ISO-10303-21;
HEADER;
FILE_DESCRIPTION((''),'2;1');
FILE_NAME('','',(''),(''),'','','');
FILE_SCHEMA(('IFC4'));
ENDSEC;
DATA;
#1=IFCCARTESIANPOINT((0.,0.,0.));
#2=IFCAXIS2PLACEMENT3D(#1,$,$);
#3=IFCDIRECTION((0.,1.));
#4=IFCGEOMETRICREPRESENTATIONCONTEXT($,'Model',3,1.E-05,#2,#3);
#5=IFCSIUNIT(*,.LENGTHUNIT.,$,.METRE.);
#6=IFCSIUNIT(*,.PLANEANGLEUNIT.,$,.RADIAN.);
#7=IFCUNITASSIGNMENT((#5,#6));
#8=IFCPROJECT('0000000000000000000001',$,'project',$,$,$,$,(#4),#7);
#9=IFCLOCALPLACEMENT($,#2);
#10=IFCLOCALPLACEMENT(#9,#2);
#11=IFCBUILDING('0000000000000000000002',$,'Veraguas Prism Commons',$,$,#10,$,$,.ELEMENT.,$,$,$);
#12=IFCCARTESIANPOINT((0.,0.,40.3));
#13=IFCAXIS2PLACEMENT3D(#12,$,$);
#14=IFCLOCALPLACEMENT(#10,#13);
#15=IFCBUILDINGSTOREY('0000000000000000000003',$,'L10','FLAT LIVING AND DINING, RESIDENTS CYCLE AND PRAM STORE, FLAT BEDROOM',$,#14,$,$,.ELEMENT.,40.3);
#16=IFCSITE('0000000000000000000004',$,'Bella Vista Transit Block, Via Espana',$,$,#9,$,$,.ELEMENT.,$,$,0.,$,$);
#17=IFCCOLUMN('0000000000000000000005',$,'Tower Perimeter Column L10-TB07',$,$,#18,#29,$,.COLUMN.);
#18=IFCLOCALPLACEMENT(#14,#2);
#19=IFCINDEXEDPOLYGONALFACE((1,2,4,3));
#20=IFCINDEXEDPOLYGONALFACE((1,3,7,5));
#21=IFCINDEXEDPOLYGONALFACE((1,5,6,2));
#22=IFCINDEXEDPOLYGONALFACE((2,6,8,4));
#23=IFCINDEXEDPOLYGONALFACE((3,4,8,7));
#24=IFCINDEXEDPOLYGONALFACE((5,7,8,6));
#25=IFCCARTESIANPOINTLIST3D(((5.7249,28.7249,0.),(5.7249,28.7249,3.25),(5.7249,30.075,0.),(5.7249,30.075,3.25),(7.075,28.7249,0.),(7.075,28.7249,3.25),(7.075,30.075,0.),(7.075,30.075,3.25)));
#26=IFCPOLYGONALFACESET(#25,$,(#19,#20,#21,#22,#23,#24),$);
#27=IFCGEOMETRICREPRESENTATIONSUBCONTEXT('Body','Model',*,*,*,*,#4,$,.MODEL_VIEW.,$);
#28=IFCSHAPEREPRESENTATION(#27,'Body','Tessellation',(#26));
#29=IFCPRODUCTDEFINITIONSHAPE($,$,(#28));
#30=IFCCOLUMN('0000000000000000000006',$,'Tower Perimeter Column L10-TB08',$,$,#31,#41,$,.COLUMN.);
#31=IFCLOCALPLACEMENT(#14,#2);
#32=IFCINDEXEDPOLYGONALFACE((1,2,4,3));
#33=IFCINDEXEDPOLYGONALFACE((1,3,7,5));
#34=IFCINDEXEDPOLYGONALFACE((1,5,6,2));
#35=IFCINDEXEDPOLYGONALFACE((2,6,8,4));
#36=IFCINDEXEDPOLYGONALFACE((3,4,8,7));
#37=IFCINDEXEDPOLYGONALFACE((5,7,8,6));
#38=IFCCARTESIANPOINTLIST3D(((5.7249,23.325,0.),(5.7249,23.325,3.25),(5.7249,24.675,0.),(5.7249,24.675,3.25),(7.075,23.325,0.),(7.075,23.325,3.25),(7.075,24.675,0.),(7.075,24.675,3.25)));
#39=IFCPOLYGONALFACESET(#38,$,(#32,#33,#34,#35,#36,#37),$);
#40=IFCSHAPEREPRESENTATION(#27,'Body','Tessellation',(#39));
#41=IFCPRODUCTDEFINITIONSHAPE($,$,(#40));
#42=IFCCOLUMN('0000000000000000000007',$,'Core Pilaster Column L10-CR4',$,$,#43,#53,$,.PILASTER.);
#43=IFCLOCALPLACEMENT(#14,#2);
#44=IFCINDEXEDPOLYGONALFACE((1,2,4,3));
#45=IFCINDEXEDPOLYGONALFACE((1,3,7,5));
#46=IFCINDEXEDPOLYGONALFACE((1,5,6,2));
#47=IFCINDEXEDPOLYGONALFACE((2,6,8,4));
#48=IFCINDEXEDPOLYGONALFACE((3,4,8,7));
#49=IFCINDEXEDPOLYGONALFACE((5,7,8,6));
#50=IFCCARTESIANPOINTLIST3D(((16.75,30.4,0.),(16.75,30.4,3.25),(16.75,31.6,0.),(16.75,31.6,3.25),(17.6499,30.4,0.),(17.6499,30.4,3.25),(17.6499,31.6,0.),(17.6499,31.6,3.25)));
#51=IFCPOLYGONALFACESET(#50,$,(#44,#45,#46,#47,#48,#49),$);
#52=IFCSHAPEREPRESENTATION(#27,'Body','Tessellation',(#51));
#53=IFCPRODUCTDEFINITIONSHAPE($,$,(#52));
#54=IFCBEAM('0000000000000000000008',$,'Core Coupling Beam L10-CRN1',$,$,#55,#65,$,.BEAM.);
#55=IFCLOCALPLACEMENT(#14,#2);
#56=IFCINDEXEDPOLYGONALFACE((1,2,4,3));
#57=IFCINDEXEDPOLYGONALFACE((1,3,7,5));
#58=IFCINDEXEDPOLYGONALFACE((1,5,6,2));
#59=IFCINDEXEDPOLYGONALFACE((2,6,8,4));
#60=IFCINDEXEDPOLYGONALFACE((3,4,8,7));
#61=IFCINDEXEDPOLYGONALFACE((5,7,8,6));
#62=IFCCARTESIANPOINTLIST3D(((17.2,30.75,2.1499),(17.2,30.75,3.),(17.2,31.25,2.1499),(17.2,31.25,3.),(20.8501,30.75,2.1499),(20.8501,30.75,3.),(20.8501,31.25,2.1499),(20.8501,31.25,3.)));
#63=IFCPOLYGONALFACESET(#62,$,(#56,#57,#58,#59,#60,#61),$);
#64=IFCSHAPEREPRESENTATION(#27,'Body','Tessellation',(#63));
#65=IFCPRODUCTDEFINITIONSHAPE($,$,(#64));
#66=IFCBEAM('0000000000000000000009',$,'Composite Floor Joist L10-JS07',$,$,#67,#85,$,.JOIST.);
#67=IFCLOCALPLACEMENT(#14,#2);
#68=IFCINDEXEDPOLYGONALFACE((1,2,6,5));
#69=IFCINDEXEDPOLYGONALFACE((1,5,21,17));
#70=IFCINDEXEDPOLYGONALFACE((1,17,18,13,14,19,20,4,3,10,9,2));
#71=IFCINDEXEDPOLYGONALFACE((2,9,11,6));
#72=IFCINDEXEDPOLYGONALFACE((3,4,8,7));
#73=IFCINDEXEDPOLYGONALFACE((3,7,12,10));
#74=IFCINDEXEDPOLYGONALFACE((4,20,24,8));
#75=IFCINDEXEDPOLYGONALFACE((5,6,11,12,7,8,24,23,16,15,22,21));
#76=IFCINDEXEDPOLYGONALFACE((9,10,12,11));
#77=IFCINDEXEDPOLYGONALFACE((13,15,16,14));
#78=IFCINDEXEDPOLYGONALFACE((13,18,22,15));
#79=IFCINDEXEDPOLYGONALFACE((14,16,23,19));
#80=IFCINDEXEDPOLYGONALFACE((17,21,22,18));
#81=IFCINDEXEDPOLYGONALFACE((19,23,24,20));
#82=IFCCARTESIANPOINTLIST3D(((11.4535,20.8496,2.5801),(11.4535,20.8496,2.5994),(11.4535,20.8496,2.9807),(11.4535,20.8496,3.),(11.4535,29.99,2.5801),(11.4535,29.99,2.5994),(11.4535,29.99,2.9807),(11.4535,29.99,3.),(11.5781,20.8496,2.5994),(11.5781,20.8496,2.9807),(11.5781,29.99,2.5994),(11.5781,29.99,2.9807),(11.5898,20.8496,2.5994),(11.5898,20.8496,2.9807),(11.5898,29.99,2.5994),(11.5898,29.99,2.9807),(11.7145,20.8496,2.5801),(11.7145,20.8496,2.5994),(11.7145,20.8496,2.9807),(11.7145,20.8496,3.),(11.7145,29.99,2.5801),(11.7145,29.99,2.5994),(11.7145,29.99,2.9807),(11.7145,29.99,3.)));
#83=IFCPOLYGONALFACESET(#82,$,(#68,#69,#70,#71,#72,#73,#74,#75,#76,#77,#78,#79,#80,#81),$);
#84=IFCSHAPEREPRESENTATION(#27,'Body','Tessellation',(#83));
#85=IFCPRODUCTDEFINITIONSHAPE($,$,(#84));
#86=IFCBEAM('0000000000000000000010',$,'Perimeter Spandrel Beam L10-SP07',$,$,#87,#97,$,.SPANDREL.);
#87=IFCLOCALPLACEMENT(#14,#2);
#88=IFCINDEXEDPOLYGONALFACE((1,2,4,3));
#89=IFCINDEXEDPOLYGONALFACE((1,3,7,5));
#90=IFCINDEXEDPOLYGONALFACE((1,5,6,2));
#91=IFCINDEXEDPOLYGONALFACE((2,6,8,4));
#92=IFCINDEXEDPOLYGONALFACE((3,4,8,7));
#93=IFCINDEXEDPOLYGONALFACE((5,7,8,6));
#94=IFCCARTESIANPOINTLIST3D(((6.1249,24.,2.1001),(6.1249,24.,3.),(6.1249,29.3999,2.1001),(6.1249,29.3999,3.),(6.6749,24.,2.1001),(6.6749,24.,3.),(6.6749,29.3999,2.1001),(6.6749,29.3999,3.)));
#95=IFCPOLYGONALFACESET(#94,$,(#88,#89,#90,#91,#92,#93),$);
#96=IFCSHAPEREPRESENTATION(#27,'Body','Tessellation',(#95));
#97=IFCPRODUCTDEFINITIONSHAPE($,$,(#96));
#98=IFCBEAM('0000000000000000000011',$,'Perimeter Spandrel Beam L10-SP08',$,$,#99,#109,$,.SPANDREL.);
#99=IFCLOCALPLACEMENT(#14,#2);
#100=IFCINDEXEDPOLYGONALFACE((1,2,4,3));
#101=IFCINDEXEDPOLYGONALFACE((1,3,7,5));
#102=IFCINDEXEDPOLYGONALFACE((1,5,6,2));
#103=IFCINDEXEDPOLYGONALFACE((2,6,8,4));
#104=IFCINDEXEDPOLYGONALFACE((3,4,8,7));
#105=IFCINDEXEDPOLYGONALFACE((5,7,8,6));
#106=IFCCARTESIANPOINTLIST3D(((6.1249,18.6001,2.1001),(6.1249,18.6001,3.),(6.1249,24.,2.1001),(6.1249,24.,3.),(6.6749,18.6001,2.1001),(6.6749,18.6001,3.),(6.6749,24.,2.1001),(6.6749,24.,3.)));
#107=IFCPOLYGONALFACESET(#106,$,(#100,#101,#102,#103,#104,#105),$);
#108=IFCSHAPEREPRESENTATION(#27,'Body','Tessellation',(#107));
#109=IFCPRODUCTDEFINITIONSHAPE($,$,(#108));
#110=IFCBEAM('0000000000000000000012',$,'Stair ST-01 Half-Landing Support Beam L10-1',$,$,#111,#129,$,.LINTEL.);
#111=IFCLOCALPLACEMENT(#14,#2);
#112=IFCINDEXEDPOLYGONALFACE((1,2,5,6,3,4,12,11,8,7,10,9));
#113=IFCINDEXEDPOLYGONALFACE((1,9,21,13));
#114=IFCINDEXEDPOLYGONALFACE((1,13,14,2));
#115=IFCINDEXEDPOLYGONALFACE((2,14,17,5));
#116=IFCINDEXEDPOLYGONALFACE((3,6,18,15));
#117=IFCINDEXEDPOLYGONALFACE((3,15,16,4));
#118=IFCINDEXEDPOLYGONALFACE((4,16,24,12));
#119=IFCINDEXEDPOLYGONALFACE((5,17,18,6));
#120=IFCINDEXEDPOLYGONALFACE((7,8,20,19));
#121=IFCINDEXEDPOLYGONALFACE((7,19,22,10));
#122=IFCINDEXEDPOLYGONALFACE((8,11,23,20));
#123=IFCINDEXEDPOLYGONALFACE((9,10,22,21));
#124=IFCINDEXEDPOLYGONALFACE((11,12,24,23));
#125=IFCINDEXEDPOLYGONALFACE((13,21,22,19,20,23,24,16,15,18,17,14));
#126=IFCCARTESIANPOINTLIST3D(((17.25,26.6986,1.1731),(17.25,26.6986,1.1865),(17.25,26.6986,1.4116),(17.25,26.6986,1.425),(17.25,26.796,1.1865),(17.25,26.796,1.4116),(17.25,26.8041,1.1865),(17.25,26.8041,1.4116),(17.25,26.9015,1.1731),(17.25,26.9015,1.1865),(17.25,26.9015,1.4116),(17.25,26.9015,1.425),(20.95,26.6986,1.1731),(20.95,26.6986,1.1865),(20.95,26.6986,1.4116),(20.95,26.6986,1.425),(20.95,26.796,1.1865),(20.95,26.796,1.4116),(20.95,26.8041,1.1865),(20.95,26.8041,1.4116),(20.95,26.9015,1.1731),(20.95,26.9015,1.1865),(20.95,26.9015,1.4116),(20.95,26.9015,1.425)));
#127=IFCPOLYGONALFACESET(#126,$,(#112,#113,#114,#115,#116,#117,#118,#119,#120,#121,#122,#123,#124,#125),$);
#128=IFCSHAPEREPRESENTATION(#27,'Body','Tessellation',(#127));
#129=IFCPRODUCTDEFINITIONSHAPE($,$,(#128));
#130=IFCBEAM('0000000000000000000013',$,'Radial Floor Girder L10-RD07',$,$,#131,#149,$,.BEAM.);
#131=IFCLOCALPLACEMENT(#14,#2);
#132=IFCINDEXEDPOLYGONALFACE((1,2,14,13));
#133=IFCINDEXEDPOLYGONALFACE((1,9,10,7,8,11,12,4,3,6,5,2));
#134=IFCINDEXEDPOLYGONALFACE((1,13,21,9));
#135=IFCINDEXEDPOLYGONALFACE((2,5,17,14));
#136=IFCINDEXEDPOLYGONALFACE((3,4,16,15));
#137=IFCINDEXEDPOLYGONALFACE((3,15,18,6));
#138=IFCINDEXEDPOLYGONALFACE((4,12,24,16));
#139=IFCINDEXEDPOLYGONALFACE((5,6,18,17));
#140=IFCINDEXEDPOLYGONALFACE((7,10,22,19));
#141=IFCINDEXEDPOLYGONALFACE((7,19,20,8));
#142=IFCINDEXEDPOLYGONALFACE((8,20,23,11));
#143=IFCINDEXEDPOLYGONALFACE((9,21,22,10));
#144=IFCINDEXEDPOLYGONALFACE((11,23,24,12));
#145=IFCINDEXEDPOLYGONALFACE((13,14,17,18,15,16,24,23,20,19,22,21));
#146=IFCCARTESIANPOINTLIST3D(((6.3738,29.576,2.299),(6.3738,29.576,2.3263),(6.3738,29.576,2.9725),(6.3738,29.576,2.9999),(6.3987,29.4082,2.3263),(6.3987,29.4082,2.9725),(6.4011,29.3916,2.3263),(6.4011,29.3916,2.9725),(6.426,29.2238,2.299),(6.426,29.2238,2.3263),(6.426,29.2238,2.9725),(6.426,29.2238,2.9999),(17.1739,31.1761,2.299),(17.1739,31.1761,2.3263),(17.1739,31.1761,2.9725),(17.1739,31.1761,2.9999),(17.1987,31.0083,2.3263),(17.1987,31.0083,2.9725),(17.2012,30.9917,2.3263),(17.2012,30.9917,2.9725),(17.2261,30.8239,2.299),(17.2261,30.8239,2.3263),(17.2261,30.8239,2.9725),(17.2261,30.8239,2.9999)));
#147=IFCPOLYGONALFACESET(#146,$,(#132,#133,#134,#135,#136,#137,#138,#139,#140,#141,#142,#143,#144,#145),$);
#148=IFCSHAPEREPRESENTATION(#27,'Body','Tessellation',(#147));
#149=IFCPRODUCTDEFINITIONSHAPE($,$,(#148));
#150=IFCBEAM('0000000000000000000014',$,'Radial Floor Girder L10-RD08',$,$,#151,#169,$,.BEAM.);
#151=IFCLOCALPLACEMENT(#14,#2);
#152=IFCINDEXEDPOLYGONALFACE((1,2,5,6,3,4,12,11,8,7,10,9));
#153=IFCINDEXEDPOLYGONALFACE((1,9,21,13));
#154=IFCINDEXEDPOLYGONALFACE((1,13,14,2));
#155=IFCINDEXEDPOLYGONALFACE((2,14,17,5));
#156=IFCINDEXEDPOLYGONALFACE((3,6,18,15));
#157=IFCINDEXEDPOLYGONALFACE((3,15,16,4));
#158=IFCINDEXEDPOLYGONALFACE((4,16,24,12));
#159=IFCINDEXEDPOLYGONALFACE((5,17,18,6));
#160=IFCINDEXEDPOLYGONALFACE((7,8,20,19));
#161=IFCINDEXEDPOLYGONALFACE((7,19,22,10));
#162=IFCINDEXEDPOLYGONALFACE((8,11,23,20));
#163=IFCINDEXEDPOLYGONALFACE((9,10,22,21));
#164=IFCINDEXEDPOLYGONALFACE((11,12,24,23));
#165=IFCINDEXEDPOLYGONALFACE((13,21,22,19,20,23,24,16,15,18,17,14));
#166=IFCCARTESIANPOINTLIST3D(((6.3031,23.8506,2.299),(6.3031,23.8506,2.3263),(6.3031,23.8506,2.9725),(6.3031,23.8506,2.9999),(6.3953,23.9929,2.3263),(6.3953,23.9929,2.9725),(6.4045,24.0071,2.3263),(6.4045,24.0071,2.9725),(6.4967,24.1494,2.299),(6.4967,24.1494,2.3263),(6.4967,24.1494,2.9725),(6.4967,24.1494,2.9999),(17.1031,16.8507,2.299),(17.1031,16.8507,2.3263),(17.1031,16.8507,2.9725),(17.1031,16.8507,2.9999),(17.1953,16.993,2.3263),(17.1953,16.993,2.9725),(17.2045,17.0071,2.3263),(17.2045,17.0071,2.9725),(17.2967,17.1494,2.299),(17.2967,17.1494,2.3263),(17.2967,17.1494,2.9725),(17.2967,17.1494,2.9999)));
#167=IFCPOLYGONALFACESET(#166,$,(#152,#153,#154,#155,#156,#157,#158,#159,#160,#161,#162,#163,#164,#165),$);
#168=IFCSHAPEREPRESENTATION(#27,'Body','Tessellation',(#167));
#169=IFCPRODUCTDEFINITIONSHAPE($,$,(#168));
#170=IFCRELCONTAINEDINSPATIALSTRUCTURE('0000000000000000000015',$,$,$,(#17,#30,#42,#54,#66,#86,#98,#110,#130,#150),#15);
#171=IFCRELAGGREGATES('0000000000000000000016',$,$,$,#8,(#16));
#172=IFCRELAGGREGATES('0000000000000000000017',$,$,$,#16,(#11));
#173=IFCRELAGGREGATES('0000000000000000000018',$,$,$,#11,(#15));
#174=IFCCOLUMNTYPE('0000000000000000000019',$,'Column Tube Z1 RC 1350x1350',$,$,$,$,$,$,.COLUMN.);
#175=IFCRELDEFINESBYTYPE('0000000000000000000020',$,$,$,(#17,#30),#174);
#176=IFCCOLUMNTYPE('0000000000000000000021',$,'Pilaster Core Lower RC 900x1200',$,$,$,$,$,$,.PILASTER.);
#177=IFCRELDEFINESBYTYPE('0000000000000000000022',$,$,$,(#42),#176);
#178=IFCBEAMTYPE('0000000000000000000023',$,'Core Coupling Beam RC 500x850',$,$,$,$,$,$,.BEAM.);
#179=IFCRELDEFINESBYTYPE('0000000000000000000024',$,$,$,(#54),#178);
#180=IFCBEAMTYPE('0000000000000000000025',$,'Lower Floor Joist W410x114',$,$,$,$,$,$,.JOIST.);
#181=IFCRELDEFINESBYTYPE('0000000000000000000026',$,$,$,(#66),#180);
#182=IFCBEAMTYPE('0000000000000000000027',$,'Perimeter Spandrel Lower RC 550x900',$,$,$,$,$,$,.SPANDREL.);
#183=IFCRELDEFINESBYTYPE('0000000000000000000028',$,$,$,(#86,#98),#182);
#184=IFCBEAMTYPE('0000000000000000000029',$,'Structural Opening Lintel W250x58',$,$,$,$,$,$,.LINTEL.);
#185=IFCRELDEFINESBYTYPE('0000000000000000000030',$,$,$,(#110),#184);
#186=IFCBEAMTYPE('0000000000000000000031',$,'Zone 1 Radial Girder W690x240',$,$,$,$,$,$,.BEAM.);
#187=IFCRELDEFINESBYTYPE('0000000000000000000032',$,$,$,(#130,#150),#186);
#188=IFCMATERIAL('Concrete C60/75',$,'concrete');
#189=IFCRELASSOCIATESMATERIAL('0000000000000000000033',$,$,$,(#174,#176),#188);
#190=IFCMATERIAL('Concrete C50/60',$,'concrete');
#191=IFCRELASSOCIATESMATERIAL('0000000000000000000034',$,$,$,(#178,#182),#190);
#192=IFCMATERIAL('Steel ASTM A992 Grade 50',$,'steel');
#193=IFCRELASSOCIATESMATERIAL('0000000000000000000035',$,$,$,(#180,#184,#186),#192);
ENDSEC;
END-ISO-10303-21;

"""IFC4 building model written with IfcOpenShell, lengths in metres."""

from ifc_helpers import new_model, si_unit, direction, frame, origin, origin_2d, place, context, subcontext, project, spatial, rectangle, i_section, extrude, material, material_profile, profile_set, type_object, element, save


model = new_model("IFC4")

# Units and contexts
model_context = context("Model", 3, precision=1e-05, world=origin(), true_north=direction((0.0, 1.0)))
body_context = subcontext(model_context, "Body", "Model", "MODEL_VIEW")
ifc_project = project(units=[si_unit("LENGTHUNIT", "METRE"), si_unit("PLANEANGLEUNIT", "RADIAN")], contexts=[model_context])

# Site, building, storey
site_placement = place(None, origin())
site = spatial("IfcSite", under=ifc_project, at=site_placement, Name="Bella Vista Transit Block, Via Espana", CompositionType="ELEMENT", RefElevation=0.0)
building_placement = place(site_placement, origin())
building = spatial("IfcBuilding", under=site, at=building_placement, Name="Veraguas Prism Commons", CompositionType="ELEMENT")
storey_placement = place(building_placement, frame((0.0, 0.0, 40.3)))
storey = spatial("IfcBuildingStorey", under=building, at=storey_placement, Name="L10", Description="FLAT LIVING AND DINING, RESIDENTS CYCLE AND PRAM STORE, FLAT BEDROOM", CompositionType="ELEMENT", Elevation=40.3)

# Columns
ifc_material_1 = material(Name="Concrete C60/75", Category="concrete")
ifc_material_profile_1 = material_profile(ifc_material_1, rectangle(XDim=1.3501, YDim=1.3501, at=origin_2d()), Name="RC1350X1350")
ifc_profile_set_1 = profile_set([ifc_material_profile_1], Name="Concrete C60/75")
column_type_1 = type_object("IfcColumnType", Name="Column Tube Z1 RC 1350x1350", PredefinedType="COLUMN", material=ifc_profile_set_1)
for number, where, z_axis, x_axis, name in (
    (1, (6.3999, 29.3999, 0.0), (0.0, 0.0, 1.0), (1.0, 0.0, 0.0), "Tower Perimeter Column L10-TB07"),
    (2, (6.3999, 24.0, 0.0), (0.0, 0.0, 1.0), (1.0, 0.0, 0.0), "Tower Perimeter Column L10-TB08"),
):
    element("IfcColumn", number, at=place(storey_placement, frame(where, z_axis=z_axis, x_axis=x_axis)), inside=storey, type_object=column_type_1, Name=name, PredefinedType="COLUMN", context=body_context, shape_type="SweptSolid", body=[
        extrude(rectangle(XDim=1.3501, YDim=1.3501, at=origin_2d()), origin(), (0.0, 0.0, 1.0), 3.25),
    ])
ifc_material_profile_2 = material_profile(ifc_material_1, rectangle(XDim=0.8999, YDim=1.2, at=origin_2d()), Name="RC900X1200")
ifc_profile_set_2 = profile_set([ifc_material_profile_2], Name="Concrete C60/75")
column_type_2 = type_object("IfcColumnType", Name="Pilaster Core Lower RC 900x1200", PredefinedType="PILASTER", material=ifc_profile_set_2)
column_placement = place(storey_placement, frame((17.2, 31.0, 0.0), z_axis=(0.0, 0.0, 1.0), x_axis=(1.0, 0.0, 0.0)))
element("IfcColumn", 3, at=column_placement, inside=storey, type_object=column_type_2, Name="Core Pilaster Column L10-CR4", PredefinedType="PILASTER", context=body_context, shape_type="SweptSolid", body=[
    extrude(rectangle(XDim=0.8999, YDim=1.2, at=origin_2d()), origin(), (0.0, 0.0, 1.0), 3.25),
])

# Beams
ifc_material_2 = material(Name="Concrete C50/60", Category="concrete")
ifc_material_profile_3 = material_profile(ifc_material_2, rectangle(XDim=0.5, YDim=0.8501, at=origin_2d()), Name="RC500X850")
ifc_profile_set_3 = profile_set([ifc_material_profile_3], Name="Concrete C50/60")
beam_type_1 = type_object("IfcBeamType", Name="Core Coupling Beam RC 500x850", PredefinedType="BEAM", material=ifc_profile_set_3)
beam_1_placement = place(storey_placement, frame((17.2, 31.0, 2.575), z_axis=(1.0, 0.0, 0.0), x_axis=(0.0, 1.0, 0.0)))
element("IfcBeam", 4, at=beam_1_placement, inside=storey, type_object=beam_type_1, Name="Core Coupling Beam L10-CRN1", PredefinedType="BEAM", context=body_context, shape_type="SweptSolid", body=[
    extrude(rectangle(XDim=0.5, YDim=0.8501, at=origin_2d()), origin(), (0.0, 0.0, 1.0), 3.6501),
])
ifc_material_3 = material(Name="Steel ASTM A992 Grade 50", Category="steel")
ifc_material_profile_4 = material_profile(ifc_material_3, i_section(OverallWidth=0.261, OverallDepth=0.4199, WebThickness=0.0117, FlangeThickness=0.0193, at=origin_2d()), Name="W410X114")
ifc_profile_set_4 = profile_set([ifc_material_profile_4], Name="Steel ASTM A992 Grade 50")
beam_type_2 = type_object("IfcBeamType", Name="Lower Floor Joist W410x114", PredefinedType="JOIST", material=ifc_profile_set_4)
beam_2_placement = place(storey_placement, frame((11.584, 29.99, 2.79), z_axis=(0.0, -1.0, 0.0), x_axis=(1.0, 0.0, 0.0)))
element("IfcBeam", 5, at=beam_2_placement, inside=storey, type_object=beam_type_2, Name="Composite Floor Joist L10-JS07", PredefinedType="JOIST", context=body_context, shape_type="SweptSolid", body=[
    extrude(i_section(OverallWidth=0.261, OverallDepth=0.4199, WebThickness=0.0117, FlangeThickness=0.0193, at=origin_2d()), origin(), (0.0, 0.0, 1.0), 9.1404),
])
ifc_material_profile_5 = material_profile(ifc_material_2, rectangle(XDim=0.55, YDim=0.8999, at=origin_2d()), Name="RC550X900")
ifc_profile_set_5 = profile_set([ifc_material_profile_5], Name="Concrete C50/60")
beam_type_3 = type_object("IfcBeamType", Name="Perimeter Spandrel Lower RC 550x900", PredefinedType="SPANDREL", material=ifc_profile_set_5)
for number, where, z_axis, x_axis, name in (
    (6, (6.3999, 29.3999, 2.55), (0.0, -1.0, 0.0), (1.0, 0.0, 0.0), "Perimeter Spandrel Beam L10-SP07"),
    (7, (6.3999, 24.0, 2.55), (0.0, -1.0, 0.0), (1.0, 0.0, 0.0), "Perimeter Spandrel Beam L10-SP08"),
):
    element("IfcBeam", number, at=place(storey_placement, frame(where, z_axis=z_axis, x_axis=x_axis)), inside=storey, type_object=beam_type_3, Name=name, PredefinedType="SPANDREL", context=body_context, shape_type="SweptSolid", body=[
        extrude(rectangle(XDim=0.55, YDim=0.8999, at=origin_2d()), origin(), (0.0, 0.0, 1.0), 5.3999),
    ])
ifc_material_profile_6 = material_profile(ifc_material_3, i_section(OverallWidth=0.2029, OverallDepth=0.252, WebThickness=0.0081, FlangeThickness=0.0134, at=origin_2d()), Name="W250X58")
ifc_profile_set_6 = profile_set([ifc_material_profile_6], Name="Steel ASTM A992 Grade 50")
beam_type_4 = type_object("IfcBeamType", Name="Structural Opening Lintel W250x58", PredefinedType="LINTEL", material=ifc_profile_set_6)
beam_3_placement = place(storey_placement, frame((17.25, 26.8, 1.2991), z_axis=(1.0, 0.0, 0.0), x_axis=(0.0, 1.0, 0.0)))
element("IfcBeam", 8, at=beam_3_placement, inside=storey, type_object=beam_type_4, Name="Stair ST-01 Half-Landing Support Beam L10-1", PredefinedType="LINTEL", context=body_context, shape_type="SweptSolid", body=[
    extrude(i_section(OverallWidth=0.2029, OverallDepth=0.252, WebThickness=0.0081, FlangeThickness=0.0134, at=origin_2d()), origin(), (0.0, 0.0, 1.0), 3.7),
])
ifc_material_profile_7 = material_profile(ifc_material_3, i_section(OverallWidth=0.356, OverallDepth=0.7009, WebThickness=0.0168, FlangeThickness=0.0273, at=origin_2d()), Name="W690X240")
ifc_profile_set_7 = profile_set([ifc_material_profile_7], Name="Steel ASTM A992 Grade 50")
beam_type_5 = type_object("IfcBeamType", Name="Zone 1 Radial Girder W690x240", PredefinedType="BEAM", material=ifc_profile_set_7)
beam_4_placement = place(storey_placement, frame((6.3999, 29.3999, 2.6494), z_axis=(0.989202, 0.146557, 0.0), x_axis=(-0.146557, 0.989202, 0.0)))
element("IfcBeam", 9, at=beam_4_placement, inside=storey, type_object=beam_type_5, Name="Radial Floor Girder L10-RD07", PredefinedType="BEAM", context=body_context, shape_type="SweptSolid", body=[
    extrude(i_section(OverallWidth=0.356, OverallDepth=0.7009, WebThickness=0.0168, FlangeThickness=0.0273, at=origin_2d()), origin(), (0.0, 0.0, 1.0), 10.918),
])
beam_5_placement = place(storey_placement, frame((6.3999, 24.0, 2.6494), z_axis=(0.839154, -0.543894, 0.0), x_axis=(0.543894, 0.839154, 0.0)))
element("IfcBeam", 10, at=beam_5_placement, inside=storey, type_object=beam_type_5, Name="Radial Floor Girder L10-RD08", PredefinedType="BEAM", context=body_context, shape_type="SweptSolid", body=[
    extrude(i_section(OverallWidth=0.356, OverallDepth=0.7009, WebThickness=0.0168, FlangeThickness=0.0273, at=origin_2d()), origin(), (0.0, 0.0, 1.0), 12.8701),
])

save(model, "model.ifc")
